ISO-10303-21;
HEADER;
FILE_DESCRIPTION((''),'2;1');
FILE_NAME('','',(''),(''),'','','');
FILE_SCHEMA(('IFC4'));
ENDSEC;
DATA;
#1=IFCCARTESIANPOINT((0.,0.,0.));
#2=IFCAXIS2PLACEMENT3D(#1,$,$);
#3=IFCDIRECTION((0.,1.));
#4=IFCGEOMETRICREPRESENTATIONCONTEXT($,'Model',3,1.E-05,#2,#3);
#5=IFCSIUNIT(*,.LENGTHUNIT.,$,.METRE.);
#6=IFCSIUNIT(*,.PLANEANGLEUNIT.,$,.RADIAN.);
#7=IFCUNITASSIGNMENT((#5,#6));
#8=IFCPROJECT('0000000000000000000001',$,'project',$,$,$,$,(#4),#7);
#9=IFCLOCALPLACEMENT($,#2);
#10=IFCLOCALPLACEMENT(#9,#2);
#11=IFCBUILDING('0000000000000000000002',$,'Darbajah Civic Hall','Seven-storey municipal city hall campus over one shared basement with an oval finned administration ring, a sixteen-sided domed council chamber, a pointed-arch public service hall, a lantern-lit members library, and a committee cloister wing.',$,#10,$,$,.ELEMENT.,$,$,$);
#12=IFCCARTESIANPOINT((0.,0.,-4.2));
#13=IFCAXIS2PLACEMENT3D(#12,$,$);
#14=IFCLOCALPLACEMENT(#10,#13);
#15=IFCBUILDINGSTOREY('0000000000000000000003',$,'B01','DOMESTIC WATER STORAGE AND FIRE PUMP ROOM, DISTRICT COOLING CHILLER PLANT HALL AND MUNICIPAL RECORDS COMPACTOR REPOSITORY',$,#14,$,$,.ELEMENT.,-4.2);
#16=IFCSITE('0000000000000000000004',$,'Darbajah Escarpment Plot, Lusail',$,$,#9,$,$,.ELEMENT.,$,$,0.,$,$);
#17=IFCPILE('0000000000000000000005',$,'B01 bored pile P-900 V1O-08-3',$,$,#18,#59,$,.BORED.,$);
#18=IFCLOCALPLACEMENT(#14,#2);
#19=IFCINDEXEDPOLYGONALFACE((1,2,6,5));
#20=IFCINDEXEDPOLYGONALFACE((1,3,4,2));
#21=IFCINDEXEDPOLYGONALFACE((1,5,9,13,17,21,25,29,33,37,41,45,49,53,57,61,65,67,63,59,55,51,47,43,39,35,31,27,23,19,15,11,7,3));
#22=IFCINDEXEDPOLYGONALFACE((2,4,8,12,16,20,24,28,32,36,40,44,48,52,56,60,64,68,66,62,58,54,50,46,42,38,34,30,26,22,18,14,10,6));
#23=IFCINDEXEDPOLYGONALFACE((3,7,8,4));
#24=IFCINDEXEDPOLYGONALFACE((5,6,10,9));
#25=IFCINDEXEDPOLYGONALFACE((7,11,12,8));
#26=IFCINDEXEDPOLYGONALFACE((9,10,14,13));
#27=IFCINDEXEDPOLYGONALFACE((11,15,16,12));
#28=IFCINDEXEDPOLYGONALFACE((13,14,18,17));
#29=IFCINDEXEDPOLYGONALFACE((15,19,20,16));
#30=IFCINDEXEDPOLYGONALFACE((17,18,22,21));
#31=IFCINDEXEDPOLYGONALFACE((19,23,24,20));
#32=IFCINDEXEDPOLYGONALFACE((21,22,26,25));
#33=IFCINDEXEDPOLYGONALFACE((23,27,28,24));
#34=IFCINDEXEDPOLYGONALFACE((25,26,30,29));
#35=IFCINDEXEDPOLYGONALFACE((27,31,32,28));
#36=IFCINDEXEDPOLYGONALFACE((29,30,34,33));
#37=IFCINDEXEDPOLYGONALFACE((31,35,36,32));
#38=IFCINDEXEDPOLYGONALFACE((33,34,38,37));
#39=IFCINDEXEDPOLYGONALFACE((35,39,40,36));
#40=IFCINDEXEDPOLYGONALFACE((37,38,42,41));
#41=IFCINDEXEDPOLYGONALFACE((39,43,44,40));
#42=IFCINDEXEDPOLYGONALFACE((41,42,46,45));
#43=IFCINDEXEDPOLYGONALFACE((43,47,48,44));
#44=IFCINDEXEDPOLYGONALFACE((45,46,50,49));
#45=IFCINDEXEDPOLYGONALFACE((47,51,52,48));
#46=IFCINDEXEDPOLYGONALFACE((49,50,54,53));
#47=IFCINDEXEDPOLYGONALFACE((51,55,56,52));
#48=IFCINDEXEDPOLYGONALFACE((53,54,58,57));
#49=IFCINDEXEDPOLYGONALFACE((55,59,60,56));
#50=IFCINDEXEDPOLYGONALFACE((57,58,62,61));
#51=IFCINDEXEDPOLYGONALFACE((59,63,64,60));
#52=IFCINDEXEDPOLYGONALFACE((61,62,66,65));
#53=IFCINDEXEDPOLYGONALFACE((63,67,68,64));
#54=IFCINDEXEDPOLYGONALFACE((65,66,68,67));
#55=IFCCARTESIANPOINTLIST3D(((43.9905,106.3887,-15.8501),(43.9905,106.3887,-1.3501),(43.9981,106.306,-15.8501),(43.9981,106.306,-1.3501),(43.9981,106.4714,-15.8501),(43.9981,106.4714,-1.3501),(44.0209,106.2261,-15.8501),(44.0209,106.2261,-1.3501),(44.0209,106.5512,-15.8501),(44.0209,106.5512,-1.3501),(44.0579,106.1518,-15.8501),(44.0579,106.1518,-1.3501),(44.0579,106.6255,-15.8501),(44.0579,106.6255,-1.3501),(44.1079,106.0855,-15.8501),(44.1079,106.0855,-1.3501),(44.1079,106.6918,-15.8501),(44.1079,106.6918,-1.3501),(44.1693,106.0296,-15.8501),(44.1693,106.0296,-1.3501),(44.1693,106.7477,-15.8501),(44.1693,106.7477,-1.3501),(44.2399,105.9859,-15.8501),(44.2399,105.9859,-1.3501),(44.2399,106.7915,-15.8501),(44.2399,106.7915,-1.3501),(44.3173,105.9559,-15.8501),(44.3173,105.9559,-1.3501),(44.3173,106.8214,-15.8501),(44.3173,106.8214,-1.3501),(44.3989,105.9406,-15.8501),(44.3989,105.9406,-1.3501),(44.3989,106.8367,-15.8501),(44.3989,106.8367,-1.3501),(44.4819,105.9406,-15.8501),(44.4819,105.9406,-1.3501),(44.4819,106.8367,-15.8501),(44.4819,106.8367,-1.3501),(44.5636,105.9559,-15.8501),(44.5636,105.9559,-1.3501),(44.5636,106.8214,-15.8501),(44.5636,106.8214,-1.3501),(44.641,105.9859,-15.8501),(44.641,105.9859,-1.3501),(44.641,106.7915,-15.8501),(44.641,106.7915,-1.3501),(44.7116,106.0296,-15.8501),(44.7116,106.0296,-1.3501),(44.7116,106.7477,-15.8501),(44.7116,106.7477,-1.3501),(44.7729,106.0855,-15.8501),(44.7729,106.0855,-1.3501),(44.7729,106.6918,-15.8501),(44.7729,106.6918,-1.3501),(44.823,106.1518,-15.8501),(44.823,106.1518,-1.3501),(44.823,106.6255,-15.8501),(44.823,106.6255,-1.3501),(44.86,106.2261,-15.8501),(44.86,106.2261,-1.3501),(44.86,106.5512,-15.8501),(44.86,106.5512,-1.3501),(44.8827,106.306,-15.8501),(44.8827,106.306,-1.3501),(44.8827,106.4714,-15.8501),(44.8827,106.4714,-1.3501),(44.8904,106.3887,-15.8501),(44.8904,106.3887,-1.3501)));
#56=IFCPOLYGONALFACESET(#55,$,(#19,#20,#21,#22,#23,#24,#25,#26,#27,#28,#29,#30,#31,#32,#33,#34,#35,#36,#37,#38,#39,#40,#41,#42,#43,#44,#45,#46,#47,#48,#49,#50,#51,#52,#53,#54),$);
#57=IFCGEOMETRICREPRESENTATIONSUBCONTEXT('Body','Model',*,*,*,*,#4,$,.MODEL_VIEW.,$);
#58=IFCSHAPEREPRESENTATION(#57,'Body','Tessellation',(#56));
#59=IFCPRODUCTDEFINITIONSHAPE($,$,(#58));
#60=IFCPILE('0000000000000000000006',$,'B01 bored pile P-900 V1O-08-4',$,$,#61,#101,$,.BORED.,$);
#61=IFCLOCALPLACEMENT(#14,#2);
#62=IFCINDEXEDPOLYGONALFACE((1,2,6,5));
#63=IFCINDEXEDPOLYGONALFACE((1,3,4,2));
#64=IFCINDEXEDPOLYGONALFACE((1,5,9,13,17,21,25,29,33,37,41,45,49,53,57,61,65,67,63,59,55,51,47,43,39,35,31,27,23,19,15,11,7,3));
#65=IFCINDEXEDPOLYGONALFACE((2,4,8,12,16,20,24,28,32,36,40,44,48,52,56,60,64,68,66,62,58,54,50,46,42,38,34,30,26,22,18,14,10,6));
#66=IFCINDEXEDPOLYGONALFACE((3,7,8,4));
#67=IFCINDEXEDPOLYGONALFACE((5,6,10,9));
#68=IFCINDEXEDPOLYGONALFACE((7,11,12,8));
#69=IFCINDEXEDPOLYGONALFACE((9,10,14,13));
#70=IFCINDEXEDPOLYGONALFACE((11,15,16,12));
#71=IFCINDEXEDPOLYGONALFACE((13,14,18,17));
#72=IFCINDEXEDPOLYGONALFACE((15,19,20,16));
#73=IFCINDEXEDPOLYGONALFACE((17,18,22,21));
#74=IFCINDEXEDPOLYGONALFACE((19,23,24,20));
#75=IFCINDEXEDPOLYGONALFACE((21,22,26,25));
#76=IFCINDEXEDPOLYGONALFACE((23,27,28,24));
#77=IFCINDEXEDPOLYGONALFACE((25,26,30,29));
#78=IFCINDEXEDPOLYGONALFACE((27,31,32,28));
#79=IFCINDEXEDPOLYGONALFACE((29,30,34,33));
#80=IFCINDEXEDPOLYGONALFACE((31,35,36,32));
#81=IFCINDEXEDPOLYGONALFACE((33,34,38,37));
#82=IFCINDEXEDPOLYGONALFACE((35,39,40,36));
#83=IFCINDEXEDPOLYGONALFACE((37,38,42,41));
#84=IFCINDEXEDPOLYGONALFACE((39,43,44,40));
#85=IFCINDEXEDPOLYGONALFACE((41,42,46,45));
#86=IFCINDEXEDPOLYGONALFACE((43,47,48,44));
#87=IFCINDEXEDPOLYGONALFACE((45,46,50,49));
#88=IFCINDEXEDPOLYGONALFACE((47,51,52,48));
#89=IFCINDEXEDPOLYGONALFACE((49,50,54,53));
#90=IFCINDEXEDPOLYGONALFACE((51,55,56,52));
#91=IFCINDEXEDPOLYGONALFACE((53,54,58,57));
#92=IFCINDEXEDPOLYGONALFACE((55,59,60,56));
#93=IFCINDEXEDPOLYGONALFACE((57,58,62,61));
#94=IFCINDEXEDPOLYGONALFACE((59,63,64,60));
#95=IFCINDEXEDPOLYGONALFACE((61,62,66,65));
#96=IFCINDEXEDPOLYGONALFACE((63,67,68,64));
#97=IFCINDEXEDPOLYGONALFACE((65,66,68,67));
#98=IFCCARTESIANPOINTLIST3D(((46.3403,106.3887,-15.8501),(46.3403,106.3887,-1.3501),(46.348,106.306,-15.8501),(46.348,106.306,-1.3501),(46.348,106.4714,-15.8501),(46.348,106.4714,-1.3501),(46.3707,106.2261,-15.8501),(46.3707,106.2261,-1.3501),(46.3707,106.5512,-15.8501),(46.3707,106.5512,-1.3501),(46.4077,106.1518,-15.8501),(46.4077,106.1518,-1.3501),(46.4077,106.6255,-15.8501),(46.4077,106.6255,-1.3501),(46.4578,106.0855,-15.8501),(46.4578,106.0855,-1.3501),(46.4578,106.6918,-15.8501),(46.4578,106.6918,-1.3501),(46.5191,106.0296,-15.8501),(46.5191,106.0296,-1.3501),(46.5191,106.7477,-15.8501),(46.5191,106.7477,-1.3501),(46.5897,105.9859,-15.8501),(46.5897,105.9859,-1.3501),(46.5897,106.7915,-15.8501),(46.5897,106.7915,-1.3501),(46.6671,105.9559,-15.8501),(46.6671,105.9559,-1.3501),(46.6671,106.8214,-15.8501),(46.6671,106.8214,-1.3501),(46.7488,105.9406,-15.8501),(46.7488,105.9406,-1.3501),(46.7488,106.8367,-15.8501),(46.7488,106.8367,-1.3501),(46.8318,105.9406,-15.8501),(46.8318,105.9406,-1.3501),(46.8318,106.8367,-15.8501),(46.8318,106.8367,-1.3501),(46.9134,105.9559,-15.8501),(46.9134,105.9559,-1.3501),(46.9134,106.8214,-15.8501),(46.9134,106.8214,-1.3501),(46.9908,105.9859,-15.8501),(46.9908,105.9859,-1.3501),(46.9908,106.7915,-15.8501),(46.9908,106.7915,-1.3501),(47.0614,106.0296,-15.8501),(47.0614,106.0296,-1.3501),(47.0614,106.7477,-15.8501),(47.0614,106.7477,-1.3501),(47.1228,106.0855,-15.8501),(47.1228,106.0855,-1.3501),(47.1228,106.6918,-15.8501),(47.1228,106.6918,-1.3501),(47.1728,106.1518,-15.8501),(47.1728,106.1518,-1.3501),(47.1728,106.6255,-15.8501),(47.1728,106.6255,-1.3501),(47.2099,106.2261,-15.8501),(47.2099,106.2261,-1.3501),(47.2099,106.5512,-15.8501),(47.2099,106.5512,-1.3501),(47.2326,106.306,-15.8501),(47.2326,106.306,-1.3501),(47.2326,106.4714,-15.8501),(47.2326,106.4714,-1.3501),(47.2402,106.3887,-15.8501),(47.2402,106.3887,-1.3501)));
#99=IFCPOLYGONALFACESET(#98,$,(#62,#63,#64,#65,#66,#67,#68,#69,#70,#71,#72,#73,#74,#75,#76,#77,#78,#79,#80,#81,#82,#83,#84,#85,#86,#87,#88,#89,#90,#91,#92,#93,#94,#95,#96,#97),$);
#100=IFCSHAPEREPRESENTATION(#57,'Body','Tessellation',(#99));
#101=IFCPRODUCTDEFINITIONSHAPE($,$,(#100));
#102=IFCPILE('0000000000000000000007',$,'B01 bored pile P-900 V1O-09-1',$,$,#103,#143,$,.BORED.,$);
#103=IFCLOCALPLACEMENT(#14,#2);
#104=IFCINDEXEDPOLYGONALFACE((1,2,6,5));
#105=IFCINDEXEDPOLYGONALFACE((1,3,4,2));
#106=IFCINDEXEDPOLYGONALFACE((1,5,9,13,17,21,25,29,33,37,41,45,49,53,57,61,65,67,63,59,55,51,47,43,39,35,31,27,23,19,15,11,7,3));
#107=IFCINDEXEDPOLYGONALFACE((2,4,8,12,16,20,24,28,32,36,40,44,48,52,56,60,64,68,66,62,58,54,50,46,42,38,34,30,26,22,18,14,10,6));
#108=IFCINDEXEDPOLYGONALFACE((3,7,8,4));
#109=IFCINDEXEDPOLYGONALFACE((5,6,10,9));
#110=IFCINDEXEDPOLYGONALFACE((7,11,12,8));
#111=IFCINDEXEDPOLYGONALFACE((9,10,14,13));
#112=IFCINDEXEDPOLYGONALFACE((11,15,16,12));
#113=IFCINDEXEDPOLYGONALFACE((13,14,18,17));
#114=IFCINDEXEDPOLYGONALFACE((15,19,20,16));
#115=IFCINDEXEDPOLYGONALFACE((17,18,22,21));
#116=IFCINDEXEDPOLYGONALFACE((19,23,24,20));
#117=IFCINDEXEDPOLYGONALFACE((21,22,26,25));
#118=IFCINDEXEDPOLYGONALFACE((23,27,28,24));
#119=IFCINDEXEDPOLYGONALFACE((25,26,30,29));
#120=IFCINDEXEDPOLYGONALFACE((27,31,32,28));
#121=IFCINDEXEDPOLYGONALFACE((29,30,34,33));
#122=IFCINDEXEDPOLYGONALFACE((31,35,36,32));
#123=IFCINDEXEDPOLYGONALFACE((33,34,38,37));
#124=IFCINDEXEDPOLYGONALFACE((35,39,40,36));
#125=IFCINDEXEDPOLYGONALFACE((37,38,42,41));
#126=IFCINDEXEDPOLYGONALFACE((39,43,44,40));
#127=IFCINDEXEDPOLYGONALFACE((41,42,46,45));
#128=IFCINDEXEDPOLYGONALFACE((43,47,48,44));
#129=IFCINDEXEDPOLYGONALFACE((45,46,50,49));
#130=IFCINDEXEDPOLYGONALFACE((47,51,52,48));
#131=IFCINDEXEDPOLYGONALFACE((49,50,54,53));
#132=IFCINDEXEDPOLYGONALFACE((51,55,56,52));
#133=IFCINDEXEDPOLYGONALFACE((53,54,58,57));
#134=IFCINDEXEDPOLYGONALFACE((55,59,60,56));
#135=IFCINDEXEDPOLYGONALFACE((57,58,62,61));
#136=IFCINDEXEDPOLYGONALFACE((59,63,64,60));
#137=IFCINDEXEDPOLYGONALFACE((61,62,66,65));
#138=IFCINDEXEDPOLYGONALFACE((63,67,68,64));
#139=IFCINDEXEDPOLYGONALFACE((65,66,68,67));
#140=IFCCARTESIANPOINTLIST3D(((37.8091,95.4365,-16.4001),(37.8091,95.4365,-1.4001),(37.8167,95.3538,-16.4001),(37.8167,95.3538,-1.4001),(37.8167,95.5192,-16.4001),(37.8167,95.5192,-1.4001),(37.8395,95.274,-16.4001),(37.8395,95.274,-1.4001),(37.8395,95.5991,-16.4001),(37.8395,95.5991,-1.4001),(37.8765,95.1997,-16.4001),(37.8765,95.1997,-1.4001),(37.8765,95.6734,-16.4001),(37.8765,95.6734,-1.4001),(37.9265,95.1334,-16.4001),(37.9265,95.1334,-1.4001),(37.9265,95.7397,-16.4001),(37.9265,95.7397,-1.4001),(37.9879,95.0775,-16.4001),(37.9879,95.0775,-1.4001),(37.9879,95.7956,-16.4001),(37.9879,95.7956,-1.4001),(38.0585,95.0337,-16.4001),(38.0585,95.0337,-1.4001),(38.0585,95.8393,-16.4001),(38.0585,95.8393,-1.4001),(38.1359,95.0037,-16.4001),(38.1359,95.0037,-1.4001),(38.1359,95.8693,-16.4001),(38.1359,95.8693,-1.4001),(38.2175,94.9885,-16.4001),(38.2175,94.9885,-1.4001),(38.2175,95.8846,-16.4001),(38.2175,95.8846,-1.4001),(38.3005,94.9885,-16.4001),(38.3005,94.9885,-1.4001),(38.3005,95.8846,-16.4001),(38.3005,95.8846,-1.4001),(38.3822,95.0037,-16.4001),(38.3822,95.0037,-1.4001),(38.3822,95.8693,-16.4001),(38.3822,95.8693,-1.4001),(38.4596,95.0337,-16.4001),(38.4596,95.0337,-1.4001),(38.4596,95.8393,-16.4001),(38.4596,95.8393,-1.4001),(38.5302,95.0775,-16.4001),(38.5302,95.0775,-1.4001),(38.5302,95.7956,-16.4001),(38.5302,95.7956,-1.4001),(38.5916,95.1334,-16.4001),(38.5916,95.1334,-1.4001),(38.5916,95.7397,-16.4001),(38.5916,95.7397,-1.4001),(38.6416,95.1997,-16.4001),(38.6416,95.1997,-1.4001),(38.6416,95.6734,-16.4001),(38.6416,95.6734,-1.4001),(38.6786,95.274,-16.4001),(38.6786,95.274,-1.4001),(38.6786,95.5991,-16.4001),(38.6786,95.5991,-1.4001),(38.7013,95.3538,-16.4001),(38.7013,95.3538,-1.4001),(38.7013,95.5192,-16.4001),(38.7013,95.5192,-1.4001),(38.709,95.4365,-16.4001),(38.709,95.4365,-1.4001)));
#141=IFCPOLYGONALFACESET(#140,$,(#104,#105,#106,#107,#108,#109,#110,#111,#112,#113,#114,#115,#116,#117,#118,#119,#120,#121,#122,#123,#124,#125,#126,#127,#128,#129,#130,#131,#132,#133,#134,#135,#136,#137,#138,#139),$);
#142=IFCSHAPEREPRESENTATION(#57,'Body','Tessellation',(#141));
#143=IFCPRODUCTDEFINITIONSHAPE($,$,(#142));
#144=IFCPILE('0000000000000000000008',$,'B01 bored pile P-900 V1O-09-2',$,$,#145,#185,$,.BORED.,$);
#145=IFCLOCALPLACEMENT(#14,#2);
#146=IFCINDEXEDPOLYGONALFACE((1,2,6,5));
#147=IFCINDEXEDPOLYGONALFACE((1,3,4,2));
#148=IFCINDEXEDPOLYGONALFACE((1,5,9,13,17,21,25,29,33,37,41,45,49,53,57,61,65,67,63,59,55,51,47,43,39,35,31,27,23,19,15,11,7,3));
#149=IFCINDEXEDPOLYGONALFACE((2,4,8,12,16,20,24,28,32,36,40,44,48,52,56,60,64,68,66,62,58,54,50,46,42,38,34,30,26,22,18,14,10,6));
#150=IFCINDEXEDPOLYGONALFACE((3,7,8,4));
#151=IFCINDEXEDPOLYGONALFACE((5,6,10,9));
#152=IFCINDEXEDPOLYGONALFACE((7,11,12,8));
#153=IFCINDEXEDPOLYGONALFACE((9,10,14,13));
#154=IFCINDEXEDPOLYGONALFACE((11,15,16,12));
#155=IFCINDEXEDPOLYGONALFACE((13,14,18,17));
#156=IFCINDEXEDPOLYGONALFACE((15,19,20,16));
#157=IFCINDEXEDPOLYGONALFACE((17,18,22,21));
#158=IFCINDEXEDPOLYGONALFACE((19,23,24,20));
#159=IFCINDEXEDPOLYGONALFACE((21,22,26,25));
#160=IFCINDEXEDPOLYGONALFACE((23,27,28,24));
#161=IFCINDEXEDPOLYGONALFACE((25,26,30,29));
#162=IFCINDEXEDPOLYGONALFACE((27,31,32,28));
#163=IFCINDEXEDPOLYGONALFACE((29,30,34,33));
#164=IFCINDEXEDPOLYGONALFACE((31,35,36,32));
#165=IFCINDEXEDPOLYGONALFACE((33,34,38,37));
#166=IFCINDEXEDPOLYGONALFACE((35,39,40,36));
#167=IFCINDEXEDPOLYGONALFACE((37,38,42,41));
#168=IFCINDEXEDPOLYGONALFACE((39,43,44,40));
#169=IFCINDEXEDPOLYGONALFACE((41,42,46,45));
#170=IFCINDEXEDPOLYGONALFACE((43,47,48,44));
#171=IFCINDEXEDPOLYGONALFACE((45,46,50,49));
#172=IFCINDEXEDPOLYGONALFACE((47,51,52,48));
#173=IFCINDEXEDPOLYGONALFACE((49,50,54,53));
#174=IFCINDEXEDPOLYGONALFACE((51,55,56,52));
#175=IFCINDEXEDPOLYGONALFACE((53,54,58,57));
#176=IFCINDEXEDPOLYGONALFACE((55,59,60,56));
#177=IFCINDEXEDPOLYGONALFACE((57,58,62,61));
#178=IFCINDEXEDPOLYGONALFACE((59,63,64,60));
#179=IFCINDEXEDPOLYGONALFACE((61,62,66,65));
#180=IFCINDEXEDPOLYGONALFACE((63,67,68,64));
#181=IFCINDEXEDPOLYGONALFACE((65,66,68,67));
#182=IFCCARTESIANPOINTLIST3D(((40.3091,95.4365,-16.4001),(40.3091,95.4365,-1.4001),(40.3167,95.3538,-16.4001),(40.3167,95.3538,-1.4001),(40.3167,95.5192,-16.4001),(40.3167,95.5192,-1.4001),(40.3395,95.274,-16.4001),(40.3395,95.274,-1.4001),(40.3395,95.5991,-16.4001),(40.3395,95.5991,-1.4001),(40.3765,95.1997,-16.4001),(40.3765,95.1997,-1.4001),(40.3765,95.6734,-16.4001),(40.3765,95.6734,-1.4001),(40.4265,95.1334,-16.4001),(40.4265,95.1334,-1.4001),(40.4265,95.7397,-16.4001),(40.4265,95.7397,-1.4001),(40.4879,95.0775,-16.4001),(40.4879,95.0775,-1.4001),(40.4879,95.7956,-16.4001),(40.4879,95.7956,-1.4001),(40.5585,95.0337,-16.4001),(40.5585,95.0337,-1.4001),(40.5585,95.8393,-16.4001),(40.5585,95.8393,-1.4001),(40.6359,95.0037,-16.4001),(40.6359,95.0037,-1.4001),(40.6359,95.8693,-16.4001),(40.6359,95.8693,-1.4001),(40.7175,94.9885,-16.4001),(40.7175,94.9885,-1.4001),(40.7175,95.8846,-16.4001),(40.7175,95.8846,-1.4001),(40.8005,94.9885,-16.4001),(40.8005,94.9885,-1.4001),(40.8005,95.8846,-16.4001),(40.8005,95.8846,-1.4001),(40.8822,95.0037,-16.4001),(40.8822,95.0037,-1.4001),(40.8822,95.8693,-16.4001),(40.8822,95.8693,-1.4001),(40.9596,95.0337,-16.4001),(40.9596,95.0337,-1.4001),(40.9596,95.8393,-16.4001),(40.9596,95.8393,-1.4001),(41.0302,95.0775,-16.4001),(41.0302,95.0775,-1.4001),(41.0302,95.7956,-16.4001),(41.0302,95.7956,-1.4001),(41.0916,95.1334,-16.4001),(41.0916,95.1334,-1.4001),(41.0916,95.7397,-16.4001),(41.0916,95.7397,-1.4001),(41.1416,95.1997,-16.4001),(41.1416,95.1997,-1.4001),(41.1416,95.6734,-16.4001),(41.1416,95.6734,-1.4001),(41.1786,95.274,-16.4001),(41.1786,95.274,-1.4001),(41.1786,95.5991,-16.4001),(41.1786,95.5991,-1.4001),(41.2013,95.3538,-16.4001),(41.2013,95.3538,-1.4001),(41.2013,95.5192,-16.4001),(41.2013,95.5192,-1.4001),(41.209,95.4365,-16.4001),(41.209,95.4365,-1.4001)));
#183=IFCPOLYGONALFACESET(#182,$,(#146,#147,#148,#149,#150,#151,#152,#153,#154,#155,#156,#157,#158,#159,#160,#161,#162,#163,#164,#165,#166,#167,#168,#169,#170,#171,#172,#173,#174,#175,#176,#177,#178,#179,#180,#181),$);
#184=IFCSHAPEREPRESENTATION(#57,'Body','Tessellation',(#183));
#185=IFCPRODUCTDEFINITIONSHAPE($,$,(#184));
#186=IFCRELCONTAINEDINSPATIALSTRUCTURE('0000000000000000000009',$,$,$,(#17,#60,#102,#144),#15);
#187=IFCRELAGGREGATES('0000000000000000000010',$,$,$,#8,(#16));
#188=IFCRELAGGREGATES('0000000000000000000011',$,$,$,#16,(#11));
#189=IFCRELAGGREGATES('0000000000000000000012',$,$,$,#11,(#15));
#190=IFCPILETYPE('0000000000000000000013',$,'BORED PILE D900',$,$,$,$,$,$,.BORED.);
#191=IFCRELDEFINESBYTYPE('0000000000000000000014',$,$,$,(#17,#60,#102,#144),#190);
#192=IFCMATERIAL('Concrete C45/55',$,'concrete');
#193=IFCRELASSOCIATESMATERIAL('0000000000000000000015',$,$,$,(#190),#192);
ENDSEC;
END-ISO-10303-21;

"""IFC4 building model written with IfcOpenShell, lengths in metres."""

from ifc_helpers import new_model, si_unit, direction, frame, origin, origin_2d, place, context, subcontext, project, spatial, circle, extrude, material, material_profile, profile_set, type_object, element, save


model = new_model("IFC4")

# Units and contexts
model_context = context("Model", 3, precision=1e-05, world=origin(), true_north=direction((0.0, 1.0)))
body_context = subcontext(model_context, "Body", "Model", "MODEL_VIEW")
ifc_project = project(units=[si_unit("LENGTHUNIT", "METRE"), si_unit("PLANEANGLEUNIT", "RADIAN")], contexts=[model_context])

# Site, building, storey
site_placement = place(None, origin())
site = spatial("IfcSite", under=ifc_project, at=site_placement, Name="Darbajah Escarpment Plot, Lusail", CompositionType="ELEMENT", RefElevation=0.0)
building_placement = place(site_placement, origin())
building = spatial("IfcBuilding", under=site, at=building_placement, Name="Darbajah Civic Hall", Description="Seven-storey municipal city hall campus over one shared basement with an oval finned administration ring, a sixteen-sided domed council chamber, a pointed-arch public service hall, a lantern-lit members library, and a committee cloister wing.", CompositionType="ELEMENT")
storey_placement = place(building_placement, frame((0.0, 0.0, -4.2)))
storey = spatial("IfcBuildingStorey", under=building, at=storey_placement, Name="B01", Description="DOMESTIC WATER STORAGE AND FIRE PUMP ROOM, DISTRICT COOLING CHILLER PLANT HALL AND MUNICIPAL RECORDS COMPACTOR REPOSITORY", CompositionType="ELEMENT", Elevation=-4.2)

# Piles
ifc_material_1 = material(Name="Concrete C45/55", Category="concrete")
ifc_material_profile_1 = material_profile(ifc_material_1, circle(Radius=0.45, at=origin_2d()), Name="BORED PILE D900")
ifc_profile_set_1 = profile_set([ifc_material_profile_1], Name="Concrete C45/55")
pile_type_1 = type_object("IfcPileType", Name="BORED PILE D900", PredefinedType="BORED", material=ifc_profile_set_1)
for number, where, z_axis, x_axis, name in (
    (1, (44.4404, 106.3887, -1.3501), (0.0, 0.0, -1.0), (1.0, 0.0, 0.0), "B01 bored pile P-900 V1O-08-3"),
    (2, (46.7903, 106.3887, -1.3501), (0.0, 0.0, -1.0), (1.0, 0.0, 0.0), "B01 bored pile P-900 V1O-08-4"),
):
    element("IfcPile", number, at=place(storey_placement, frame(where, z_axis=z_axis, x_axis=x_axis)), inside=storey, type_object=pile_type_1, Name=name, PredefinedType="BORED", context=body_context, shape_type="SweptSolid", body=[
        extrude(circle(Radius=0.45, at=origin_2d()), origin(), (0.0, 0.0, 1.0), 14.5),
    ])
for number, where, z_axis, x_axis, name in (
    (3, (38.259, 95.4365, -1.4001), (0.0, 0.0, -1.0), (1.0, 0.0, 0.0), "B01 bored pile P-900 V1O-09-1"),
    (4, (40.759, 95.4365, -1.4001), (0.0, 0.0, -1.0), (1.0, 0.0, 0.0), "B01 bored pile P-900 V1O-09-2"),
):
    element("IfcPile", number, at=place(storey_placement, frame(where, z_axis=z_axis, x_axis=x_axis)), inside=storey, type_object=pile_type_1, Name=name, PredefinedType="BORED", context=body_context, shape_type="SweptSolid", body=[
        extrude(circle(Radius=0.45, at=origin_2d()), origin(), (0.0, 0.0, 1.0), 15.0),
    ])

save(model, "model.ifc")
